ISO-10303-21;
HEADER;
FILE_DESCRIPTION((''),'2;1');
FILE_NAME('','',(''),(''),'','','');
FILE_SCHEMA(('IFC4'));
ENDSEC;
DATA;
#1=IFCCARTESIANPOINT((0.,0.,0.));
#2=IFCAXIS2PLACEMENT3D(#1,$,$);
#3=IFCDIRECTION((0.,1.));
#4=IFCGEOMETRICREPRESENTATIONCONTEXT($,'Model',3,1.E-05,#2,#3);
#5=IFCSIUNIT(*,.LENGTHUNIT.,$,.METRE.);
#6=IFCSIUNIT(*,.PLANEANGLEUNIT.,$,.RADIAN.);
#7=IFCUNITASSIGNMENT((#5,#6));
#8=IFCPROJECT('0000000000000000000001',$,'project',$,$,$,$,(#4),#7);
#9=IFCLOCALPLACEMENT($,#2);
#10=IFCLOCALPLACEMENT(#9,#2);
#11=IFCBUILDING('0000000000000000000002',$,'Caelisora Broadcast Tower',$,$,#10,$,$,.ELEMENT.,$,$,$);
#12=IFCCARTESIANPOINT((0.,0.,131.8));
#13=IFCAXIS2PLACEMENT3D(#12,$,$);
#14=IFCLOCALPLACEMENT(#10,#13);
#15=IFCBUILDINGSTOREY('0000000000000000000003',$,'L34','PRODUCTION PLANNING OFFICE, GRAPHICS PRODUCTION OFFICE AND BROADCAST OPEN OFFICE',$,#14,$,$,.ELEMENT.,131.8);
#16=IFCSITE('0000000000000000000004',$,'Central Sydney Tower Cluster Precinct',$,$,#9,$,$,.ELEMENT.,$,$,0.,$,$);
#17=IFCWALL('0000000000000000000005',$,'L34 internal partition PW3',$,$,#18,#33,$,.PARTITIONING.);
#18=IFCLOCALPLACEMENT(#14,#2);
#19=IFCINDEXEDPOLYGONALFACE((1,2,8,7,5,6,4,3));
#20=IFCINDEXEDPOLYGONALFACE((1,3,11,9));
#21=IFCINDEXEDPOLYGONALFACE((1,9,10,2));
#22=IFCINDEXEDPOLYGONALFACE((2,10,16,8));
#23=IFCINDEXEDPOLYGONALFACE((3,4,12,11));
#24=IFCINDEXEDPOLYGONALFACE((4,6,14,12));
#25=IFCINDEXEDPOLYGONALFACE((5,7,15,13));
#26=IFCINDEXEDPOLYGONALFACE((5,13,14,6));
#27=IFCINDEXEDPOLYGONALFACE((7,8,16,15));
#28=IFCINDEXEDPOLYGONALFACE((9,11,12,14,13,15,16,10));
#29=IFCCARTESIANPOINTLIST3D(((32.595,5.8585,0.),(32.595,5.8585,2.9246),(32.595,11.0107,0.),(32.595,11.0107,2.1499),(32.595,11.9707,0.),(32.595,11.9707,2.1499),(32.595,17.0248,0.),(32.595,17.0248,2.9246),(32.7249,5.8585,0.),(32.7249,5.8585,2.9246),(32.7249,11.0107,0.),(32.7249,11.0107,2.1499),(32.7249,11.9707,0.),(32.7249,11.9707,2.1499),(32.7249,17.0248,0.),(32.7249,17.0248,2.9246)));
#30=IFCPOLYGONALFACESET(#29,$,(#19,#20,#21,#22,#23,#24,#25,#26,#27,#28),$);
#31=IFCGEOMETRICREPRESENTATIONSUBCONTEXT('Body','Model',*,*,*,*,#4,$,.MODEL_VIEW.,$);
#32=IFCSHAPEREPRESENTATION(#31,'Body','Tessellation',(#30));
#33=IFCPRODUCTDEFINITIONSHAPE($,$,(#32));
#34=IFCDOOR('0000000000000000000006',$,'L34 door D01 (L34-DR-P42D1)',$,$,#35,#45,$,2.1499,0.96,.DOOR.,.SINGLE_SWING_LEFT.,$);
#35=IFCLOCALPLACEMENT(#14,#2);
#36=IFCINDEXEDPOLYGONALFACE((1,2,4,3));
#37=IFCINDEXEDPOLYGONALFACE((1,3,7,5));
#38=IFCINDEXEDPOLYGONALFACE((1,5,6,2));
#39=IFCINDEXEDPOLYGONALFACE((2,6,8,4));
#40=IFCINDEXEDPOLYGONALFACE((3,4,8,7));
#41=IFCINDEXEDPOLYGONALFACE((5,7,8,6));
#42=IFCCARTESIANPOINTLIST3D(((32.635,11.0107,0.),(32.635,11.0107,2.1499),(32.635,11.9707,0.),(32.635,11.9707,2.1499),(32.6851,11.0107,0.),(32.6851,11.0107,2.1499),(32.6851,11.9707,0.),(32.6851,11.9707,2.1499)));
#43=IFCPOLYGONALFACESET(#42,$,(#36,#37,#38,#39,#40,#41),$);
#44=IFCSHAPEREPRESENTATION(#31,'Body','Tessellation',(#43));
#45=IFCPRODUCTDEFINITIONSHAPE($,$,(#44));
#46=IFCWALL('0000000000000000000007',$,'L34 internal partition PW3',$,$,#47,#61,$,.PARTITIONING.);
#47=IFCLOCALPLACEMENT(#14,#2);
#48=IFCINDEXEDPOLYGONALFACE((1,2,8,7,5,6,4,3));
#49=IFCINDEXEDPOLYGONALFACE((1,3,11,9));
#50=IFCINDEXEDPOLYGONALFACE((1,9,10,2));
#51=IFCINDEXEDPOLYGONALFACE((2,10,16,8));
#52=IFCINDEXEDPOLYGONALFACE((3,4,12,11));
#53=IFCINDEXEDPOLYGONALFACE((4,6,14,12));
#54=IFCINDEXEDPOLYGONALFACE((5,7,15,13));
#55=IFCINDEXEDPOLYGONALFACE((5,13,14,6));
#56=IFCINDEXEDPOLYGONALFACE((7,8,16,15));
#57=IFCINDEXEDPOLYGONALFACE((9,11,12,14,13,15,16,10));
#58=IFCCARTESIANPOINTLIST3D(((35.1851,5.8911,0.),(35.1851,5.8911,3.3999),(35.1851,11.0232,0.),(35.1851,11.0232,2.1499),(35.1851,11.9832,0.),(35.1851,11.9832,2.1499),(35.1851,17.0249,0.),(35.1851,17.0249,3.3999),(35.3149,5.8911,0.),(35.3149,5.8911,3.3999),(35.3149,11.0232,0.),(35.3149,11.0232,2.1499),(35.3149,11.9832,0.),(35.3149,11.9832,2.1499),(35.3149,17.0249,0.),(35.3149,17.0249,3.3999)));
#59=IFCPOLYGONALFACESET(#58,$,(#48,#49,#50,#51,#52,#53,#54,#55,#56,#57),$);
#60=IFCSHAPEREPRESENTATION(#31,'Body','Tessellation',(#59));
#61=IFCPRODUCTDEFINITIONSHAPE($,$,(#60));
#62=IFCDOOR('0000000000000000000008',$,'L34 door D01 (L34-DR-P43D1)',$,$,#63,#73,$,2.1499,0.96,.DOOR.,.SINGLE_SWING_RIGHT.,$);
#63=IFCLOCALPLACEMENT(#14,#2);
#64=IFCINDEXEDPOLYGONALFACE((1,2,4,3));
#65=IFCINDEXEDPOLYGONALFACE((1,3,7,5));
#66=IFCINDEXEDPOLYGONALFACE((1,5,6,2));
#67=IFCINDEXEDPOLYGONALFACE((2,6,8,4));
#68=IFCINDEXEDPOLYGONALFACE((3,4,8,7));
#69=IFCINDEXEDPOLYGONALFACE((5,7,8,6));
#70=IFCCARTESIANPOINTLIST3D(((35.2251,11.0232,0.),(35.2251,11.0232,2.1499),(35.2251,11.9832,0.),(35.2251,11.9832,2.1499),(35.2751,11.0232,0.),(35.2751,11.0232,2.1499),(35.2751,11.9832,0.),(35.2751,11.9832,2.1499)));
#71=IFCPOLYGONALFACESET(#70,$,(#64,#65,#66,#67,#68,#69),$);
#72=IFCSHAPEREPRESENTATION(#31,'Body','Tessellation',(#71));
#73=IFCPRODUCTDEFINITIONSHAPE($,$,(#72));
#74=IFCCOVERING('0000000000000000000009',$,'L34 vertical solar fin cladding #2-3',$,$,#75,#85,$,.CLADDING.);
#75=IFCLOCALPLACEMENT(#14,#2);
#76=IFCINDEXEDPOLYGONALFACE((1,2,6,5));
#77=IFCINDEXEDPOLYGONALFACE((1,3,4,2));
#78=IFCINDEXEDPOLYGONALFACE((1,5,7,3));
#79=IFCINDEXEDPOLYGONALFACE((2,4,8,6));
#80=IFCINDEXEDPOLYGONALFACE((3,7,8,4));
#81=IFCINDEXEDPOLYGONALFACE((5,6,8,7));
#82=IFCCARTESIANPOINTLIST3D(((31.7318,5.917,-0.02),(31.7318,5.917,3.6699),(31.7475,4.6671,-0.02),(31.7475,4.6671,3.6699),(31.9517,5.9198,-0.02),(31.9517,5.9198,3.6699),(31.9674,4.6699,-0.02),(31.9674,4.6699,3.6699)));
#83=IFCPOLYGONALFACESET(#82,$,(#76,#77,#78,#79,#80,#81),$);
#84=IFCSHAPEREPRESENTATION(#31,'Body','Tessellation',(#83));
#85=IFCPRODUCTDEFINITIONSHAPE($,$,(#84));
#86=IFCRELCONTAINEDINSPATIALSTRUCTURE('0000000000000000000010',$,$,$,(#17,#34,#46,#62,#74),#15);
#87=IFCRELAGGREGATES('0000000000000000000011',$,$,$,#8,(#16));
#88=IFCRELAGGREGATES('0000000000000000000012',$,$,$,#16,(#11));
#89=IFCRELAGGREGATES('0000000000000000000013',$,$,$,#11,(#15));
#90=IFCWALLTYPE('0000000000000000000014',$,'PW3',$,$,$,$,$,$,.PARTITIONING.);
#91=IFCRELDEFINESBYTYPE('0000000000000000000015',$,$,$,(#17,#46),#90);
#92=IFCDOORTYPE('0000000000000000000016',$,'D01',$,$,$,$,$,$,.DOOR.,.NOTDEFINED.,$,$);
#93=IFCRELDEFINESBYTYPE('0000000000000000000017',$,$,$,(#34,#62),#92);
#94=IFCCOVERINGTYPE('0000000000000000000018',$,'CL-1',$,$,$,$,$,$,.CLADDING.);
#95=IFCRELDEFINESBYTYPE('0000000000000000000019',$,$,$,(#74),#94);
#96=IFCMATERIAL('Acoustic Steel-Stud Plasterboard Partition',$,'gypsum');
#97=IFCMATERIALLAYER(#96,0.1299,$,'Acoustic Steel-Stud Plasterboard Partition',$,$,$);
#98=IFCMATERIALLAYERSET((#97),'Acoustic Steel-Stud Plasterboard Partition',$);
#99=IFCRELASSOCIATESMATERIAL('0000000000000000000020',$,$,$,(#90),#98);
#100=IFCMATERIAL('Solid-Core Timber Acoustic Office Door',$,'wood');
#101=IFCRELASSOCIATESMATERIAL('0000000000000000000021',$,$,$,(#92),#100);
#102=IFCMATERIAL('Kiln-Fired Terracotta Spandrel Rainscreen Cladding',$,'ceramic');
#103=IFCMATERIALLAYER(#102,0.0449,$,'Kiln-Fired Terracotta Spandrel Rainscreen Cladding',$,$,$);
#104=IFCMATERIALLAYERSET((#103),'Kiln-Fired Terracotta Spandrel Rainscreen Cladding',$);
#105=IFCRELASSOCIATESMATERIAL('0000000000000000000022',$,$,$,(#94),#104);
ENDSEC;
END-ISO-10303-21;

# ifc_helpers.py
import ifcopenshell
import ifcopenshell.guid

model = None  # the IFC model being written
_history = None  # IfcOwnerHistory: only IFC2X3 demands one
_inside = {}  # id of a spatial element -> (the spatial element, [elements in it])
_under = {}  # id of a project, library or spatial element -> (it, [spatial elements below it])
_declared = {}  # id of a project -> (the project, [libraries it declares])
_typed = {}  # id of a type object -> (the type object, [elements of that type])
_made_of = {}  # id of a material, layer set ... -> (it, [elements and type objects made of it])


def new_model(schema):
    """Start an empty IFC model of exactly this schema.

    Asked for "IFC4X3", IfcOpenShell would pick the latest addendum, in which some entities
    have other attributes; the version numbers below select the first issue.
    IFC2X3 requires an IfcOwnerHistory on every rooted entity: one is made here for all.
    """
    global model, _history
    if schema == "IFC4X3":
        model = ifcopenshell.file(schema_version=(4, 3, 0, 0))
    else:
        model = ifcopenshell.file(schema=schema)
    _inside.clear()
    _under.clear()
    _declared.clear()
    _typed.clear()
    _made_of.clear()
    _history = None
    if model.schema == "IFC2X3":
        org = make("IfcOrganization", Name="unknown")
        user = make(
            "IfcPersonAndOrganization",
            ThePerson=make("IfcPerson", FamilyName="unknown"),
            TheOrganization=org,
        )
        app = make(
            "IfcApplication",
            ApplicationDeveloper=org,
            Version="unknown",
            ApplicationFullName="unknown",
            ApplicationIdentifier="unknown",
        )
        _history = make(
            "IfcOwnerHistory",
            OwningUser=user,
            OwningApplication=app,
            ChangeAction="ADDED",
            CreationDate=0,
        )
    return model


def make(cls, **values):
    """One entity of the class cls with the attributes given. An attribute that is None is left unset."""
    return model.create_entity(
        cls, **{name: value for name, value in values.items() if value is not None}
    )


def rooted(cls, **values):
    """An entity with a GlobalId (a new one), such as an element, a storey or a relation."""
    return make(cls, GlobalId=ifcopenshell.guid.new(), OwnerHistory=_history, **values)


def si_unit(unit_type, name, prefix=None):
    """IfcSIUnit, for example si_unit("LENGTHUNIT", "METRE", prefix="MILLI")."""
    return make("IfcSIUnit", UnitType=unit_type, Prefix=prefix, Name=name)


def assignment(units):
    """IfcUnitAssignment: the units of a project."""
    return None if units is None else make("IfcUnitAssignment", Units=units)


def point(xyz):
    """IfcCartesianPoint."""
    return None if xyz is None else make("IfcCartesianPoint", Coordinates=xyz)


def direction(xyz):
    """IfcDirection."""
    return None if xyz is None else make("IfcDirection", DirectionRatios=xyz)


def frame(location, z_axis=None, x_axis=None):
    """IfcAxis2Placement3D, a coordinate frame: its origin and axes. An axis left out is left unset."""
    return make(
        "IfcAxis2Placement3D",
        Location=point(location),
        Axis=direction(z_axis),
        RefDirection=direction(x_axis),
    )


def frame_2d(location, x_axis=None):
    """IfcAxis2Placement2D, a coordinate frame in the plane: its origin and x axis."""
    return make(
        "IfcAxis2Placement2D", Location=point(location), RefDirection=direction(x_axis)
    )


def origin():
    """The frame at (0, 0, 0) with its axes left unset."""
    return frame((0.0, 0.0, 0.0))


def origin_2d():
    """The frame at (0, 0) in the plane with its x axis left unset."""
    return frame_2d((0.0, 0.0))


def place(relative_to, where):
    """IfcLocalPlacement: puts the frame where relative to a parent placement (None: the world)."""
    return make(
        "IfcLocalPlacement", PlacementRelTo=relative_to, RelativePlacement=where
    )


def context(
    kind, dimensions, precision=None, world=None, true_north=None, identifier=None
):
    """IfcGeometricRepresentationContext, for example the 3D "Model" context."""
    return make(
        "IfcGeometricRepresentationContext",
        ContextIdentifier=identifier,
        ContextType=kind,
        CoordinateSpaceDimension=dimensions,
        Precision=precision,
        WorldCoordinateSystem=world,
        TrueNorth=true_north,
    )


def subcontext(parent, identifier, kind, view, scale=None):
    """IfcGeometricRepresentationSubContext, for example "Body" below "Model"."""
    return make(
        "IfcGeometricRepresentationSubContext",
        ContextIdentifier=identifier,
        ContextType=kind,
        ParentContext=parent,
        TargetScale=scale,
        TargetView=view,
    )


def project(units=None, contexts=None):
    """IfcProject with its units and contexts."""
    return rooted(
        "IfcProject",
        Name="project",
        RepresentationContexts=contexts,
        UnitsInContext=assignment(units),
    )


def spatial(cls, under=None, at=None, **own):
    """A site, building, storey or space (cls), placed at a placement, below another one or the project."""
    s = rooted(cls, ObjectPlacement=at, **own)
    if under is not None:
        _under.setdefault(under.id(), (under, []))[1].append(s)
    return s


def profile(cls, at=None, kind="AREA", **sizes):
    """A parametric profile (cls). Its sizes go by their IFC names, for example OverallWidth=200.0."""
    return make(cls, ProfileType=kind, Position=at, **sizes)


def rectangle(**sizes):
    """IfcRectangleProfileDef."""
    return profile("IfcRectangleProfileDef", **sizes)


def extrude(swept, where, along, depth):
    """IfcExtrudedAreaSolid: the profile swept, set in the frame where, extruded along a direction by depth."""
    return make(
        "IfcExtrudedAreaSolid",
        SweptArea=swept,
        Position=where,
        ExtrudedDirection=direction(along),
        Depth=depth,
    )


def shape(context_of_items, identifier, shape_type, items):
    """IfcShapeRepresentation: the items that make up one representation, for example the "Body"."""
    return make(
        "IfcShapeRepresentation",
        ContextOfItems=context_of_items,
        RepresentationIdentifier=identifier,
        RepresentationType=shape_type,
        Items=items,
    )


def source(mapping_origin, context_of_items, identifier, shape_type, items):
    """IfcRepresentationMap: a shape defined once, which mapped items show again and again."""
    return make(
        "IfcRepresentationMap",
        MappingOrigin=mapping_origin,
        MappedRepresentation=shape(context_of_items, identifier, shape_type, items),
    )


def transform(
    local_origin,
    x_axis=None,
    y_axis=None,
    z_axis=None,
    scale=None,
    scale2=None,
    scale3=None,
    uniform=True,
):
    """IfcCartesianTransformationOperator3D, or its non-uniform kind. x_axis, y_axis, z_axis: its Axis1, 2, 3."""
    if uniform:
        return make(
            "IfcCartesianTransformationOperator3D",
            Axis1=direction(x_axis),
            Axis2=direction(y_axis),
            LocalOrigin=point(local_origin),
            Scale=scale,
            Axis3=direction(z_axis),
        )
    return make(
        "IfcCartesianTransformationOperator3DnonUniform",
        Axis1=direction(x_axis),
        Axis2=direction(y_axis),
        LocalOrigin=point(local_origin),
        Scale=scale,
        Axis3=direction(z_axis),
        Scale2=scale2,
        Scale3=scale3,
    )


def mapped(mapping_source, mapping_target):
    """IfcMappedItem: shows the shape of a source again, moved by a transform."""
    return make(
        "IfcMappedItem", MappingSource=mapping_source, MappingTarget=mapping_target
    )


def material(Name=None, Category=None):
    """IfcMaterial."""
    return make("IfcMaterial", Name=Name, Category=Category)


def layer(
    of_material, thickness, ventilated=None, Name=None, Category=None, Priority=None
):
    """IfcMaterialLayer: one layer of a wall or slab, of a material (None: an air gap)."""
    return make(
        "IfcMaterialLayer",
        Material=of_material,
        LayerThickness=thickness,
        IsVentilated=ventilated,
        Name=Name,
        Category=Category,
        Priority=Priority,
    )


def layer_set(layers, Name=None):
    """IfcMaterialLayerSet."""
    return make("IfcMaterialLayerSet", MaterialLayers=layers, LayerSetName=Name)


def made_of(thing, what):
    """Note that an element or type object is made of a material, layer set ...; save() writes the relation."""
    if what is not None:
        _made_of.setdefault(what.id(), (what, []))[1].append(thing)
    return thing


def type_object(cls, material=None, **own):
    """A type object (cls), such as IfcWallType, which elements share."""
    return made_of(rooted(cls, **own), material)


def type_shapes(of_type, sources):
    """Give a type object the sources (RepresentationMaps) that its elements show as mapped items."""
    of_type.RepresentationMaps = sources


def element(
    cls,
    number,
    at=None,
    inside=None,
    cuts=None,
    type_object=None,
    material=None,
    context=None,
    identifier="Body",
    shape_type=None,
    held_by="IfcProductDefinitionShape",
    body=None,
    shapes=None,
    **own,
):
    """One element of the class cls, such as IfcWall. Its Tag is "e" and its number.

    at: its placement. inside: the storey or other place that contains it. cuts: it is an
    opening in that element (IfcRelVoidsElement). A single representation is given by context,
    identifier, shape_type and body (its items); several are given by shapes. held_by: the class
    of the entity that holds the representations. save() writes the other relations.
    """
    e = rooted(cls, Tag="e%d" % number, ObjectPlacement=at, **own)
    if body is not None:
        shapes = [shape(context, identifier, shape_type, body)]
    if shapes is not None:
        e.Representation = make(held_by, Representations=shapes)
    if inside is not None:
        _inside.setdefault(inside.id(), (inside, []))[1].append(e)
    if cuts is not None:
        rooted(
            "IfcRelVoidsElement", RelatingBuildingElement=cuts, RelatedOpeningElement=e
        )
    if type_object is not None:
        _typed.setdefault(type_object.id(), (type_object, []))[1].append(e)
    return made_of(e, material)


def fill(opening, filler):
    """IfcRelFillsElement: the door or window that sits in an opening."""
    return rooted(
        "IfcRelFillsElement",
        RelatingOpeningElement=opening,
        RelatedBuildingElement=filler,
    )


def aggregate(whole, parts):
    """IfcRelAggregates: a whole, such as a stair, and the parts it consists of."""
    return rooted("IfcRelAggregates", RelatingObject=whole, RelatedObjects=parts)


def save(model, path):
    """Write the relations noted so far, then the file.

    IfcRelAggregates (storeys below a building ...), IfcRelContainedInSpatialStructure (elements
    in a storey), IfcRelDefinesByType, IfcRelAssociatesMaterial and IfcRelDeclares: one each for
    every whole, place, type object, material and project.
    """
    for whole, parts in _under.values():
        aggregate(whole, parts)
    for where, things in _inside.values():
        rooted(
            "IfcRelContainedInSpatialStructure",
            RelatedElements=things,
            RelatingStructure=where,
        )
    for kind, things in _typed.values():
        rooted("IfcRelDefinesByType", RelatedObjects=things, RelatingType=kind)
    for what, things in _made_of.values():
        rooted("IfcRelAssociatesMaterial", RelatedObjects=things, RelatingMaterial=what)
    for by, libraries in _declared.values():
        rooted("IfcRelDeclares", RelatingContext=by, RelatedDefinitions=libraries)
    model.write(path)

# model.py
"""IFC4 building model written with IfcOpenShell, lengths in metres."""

from ifc_helpers import new_model, si_unit, direction, frame, frame_2d, origin, origin_2d, place, context, subcontext, project, spatial, rectangle, extrude, source, transform, mapped, material, layer, layer_set, type_object, type_shapes, element, fill, save


model = new_model("IFC4")

# Units and contexts
model_context = context("Model", 3, precision=1e-05, world=origin(), true_north=direction((0.0, 1.0)))
body_context = subcontext(model_context, "Body", "Model", "MODEL_VIEW")
ifc_project = project(units=[si_unit("LENGTHUNIT", "METRE"), si_unit("PLANEANGLEUNIT", "RADIAN")], contexts=[model_context])

# Site, building, storey
site_placement = place(None, origin())
site = spatial("IfcSite", under=ifc_project, at=site_placement, Name="Central Sydney Tower Cluster Precinct", CompositionType="ELEMENT", RefElevation=0.0)
building_placement = place(site_placement, origin())
building = spatial("IfcBuilding", under=site, at=building_placement, Name="Caelisora Broadcast Tower", CompositionType="ELEMENT")
storey_placement = place(building_placement, frame((0.0, 0.0, 131.8)))
storey = spatial("IfcBuildingStorey", under=building, at=storey_placement, Name="L34", Description="PRODUCTION PLANNING OFFICE, GRAPHICS PRODUCTION OFFICE AND BROADCAST OPEN OFFICE", CompositionType="ELEMENT", Elevation=131.8)

# Walls, openings, doors
ifc_material_1 = material(Name="Acoustic Steel-Stud Plasterboard Partition", Category="gypsum")
ifc_layer_1 = layer(ifc_material_1, 0.1299, Name="Acoustic Steel-Stud Plasterboard Partition")
ifc_layer_set_1 = layer_set([ifc_layer_1], Name="Acoustic Steel-Stud Plasterboard Partition")
wall_type_1 = type_object("IfcWallType", Name="PW3", PredefinedType="PARTITIONING", material=ifc_layer_set_1)
ifc_material_2 = material(Name="Solid-Core Timber Acoustic Office Door", Category="wood")
door_type_1 = type_object("IfcDoorType", Name="D01", OperationType="NOTDEFINED", PredefinedType="DOOR", material=ifc_material_2)
wall_1_placement = place(storey_placement, frame((32.6599, 5.8586, 0.0), z_axis=(0.0, 0.0, 1.0), x_axis=(0.0, 1.0, 0.0)))
wall_1 = element("IfcWall", 1, at=wall_1_placement, inside=storey, type_object=wall_type_1, Name="L34 internal partition PW3", PredefinedType="PARTITIONING", context=body_context, shape_type="SweptSolid", body=[
    extrude(rectangle(XDim=11.1663, YDim=0.1299, at=frame_2d((5.583, 0.0))), origin(), (0.0, 0.0, 1.0), 2.9246),
])
opening_1_placement = place(wall_1_placement, frame((5.1521, 0.0, 0.0)))
opening_1 = element("IfcOpeningElement", 2, at=opening_1_placement, cuts=wall_1, PredefinedType="OPENING", context=body_context, shape_type="SweptSolid", body=[
    extrude(rectangle(XDim=0.96, YDim=2.1499, at=frame_2d((0.48, 1.075))), frame((0.0, 0.0769, 0.0), z_axis=(0.0, -1.0, 0.0), x_axis=(1.0, 0.0, 0.0)), (0.0, 0.0, 1.0), 0.1538),
])
door_1_placement = place(opening_1_placement, origin())
door_1 = element("IfcDoor", 3, at=door_1_placement, inside=storey, type_object=door_type_1, Name="L34 door D01 (L34-DR-P42D1)", OperationType="SINGLE_SWING_LEFT", OverallHeight=2.1499, OverallWidth=0.96, PredefinedType="DOOR", context=body_context, shape_type="SweptSolid", body=[
    extrude(rectangle(XDim=0.96, YDim=2.1499, at=frame_2d((0.48, 1.075))), frame((0.0, 0.0249, 0.0), z_axis=(0.0, -1.0, 0.0), x_axis=(1.0, 0.0, 0.0)), (0.0, 0.0, 1.0), 0.05),
])
fill(opening_1, door_1)
wall_2_placement = place(storey_placement, frame((35.25, 5.8911, 0.0), z_axis=(0.0, 0.0, 1.0), x_axis=(0.0, 1.0, 0.0)))
wall_2 = element("IfcWall", 4, at=wall_2_placement, inside=storey, type_object=wall_type_1, Name="L34 internal partition PW3", PredefinedType="PARTITIONING", context=body_context, shape_type="SweptSolid", body=[
    extrude(rectangle(XDim=11.1338, YDim=0.1299, at=frame_2d((5.5669, 0.0))), origin(), (0.0, 0.0, 1.0), 3.3999),
])
opening_2_placement = place(wall_2_placement, frame((5.1321, 0.0, 0.0)))
opening_2 = element("IfcOpeningElement", 5, at=opening_2_placement, cuts=wall_2, PredefinedType="OPENING", context=body_context, shape_type="SweptSolid", body=[
    extrude(rectangle(XDim=0.96, YDim=2.1499, at=frame_2d((0.48, 1.075))), frame((0.0, 0.0769, 0.0), z_axis=(0.0, -1.0, 0.0), x_axis=(1.0, 0.0, 0.0)), (0.0, 0.0, 1.0), 0.1538),
])
door_2_placement = place(opening_2_placement, origin())
door_2 = element("IfcDoor", 6, at=door_2_placement, inside=storey, type_object=door_type_1, Name="L34 door D01 (L34-DR-P43D1)", OperationType="SINGLE_SWING_RIGHT", OverallHeight=2.1499, OverallWidth=0.96, PredefinedType="DOOR", context=body_context, shape_type="SweptSolid", body=[
    extrude(rectangle(XDim=0.96, YDim=2.1499, at=frame_2d((0.48, 1.075))), frame((0.0, 0.0249, 0.0), z_axis=(0.0, -1.0, 0.0), x_axis=(1.0, 0.0, 0.0)), (0.0, 0.0, 1.0), 0.05),
])
fill(opening_2, door_2)

# Covering
ifc_material_3 = material(Name="Kiln-Fired Terracotta Spandrel Rainscreen Cladding", Category="ceramic")
ifc_layer_2 = layer(ifc_material_3, 0.0449, Name="Kiln-Fired Terracotta Spandrel Rainscreen Cladding")
ifc_layer_set_2 = layer_set([ifc_layer_2], Name="Kiln-Fired Terracotta Spandrel Rainscreen Cladding")
covering_type = type_object("IfcCoveringType", Name="CL-1", PredefinedType="CLADDING", material=ifc_layer_set_2)
shared_shape_1 = source(origin(), body_context, "Body", "SweptSolid", [
    extrude(rectangle(XDim=0.22, YDim=1.25, at=origin_2d()), origin(), (0.0, 0.0, 1.0), 3.6899),
])
type_shapes(covering_type, [shared_shape_1])
covering_placement = place(storey_placement, frame((31.8496, 5.2935, -0.02), z_axis=(0.0, 0.0, 1.0), x_axis=(-0.999921, -0.012566, 0.0)))
element("IfcCovering", 7, at=covering_placement, inside=storey, type_object=covering_type, Name="L34 vertical solar fin cladding #2-3", PredefinedType="CLADDING", context=body_context, shape_type="MappedRepresentation", body=[
    mapped(shared_shape_1, transform((0.0, 0.0, 0.0), scale=1.0)),
])

save(model, "model.ifc")
